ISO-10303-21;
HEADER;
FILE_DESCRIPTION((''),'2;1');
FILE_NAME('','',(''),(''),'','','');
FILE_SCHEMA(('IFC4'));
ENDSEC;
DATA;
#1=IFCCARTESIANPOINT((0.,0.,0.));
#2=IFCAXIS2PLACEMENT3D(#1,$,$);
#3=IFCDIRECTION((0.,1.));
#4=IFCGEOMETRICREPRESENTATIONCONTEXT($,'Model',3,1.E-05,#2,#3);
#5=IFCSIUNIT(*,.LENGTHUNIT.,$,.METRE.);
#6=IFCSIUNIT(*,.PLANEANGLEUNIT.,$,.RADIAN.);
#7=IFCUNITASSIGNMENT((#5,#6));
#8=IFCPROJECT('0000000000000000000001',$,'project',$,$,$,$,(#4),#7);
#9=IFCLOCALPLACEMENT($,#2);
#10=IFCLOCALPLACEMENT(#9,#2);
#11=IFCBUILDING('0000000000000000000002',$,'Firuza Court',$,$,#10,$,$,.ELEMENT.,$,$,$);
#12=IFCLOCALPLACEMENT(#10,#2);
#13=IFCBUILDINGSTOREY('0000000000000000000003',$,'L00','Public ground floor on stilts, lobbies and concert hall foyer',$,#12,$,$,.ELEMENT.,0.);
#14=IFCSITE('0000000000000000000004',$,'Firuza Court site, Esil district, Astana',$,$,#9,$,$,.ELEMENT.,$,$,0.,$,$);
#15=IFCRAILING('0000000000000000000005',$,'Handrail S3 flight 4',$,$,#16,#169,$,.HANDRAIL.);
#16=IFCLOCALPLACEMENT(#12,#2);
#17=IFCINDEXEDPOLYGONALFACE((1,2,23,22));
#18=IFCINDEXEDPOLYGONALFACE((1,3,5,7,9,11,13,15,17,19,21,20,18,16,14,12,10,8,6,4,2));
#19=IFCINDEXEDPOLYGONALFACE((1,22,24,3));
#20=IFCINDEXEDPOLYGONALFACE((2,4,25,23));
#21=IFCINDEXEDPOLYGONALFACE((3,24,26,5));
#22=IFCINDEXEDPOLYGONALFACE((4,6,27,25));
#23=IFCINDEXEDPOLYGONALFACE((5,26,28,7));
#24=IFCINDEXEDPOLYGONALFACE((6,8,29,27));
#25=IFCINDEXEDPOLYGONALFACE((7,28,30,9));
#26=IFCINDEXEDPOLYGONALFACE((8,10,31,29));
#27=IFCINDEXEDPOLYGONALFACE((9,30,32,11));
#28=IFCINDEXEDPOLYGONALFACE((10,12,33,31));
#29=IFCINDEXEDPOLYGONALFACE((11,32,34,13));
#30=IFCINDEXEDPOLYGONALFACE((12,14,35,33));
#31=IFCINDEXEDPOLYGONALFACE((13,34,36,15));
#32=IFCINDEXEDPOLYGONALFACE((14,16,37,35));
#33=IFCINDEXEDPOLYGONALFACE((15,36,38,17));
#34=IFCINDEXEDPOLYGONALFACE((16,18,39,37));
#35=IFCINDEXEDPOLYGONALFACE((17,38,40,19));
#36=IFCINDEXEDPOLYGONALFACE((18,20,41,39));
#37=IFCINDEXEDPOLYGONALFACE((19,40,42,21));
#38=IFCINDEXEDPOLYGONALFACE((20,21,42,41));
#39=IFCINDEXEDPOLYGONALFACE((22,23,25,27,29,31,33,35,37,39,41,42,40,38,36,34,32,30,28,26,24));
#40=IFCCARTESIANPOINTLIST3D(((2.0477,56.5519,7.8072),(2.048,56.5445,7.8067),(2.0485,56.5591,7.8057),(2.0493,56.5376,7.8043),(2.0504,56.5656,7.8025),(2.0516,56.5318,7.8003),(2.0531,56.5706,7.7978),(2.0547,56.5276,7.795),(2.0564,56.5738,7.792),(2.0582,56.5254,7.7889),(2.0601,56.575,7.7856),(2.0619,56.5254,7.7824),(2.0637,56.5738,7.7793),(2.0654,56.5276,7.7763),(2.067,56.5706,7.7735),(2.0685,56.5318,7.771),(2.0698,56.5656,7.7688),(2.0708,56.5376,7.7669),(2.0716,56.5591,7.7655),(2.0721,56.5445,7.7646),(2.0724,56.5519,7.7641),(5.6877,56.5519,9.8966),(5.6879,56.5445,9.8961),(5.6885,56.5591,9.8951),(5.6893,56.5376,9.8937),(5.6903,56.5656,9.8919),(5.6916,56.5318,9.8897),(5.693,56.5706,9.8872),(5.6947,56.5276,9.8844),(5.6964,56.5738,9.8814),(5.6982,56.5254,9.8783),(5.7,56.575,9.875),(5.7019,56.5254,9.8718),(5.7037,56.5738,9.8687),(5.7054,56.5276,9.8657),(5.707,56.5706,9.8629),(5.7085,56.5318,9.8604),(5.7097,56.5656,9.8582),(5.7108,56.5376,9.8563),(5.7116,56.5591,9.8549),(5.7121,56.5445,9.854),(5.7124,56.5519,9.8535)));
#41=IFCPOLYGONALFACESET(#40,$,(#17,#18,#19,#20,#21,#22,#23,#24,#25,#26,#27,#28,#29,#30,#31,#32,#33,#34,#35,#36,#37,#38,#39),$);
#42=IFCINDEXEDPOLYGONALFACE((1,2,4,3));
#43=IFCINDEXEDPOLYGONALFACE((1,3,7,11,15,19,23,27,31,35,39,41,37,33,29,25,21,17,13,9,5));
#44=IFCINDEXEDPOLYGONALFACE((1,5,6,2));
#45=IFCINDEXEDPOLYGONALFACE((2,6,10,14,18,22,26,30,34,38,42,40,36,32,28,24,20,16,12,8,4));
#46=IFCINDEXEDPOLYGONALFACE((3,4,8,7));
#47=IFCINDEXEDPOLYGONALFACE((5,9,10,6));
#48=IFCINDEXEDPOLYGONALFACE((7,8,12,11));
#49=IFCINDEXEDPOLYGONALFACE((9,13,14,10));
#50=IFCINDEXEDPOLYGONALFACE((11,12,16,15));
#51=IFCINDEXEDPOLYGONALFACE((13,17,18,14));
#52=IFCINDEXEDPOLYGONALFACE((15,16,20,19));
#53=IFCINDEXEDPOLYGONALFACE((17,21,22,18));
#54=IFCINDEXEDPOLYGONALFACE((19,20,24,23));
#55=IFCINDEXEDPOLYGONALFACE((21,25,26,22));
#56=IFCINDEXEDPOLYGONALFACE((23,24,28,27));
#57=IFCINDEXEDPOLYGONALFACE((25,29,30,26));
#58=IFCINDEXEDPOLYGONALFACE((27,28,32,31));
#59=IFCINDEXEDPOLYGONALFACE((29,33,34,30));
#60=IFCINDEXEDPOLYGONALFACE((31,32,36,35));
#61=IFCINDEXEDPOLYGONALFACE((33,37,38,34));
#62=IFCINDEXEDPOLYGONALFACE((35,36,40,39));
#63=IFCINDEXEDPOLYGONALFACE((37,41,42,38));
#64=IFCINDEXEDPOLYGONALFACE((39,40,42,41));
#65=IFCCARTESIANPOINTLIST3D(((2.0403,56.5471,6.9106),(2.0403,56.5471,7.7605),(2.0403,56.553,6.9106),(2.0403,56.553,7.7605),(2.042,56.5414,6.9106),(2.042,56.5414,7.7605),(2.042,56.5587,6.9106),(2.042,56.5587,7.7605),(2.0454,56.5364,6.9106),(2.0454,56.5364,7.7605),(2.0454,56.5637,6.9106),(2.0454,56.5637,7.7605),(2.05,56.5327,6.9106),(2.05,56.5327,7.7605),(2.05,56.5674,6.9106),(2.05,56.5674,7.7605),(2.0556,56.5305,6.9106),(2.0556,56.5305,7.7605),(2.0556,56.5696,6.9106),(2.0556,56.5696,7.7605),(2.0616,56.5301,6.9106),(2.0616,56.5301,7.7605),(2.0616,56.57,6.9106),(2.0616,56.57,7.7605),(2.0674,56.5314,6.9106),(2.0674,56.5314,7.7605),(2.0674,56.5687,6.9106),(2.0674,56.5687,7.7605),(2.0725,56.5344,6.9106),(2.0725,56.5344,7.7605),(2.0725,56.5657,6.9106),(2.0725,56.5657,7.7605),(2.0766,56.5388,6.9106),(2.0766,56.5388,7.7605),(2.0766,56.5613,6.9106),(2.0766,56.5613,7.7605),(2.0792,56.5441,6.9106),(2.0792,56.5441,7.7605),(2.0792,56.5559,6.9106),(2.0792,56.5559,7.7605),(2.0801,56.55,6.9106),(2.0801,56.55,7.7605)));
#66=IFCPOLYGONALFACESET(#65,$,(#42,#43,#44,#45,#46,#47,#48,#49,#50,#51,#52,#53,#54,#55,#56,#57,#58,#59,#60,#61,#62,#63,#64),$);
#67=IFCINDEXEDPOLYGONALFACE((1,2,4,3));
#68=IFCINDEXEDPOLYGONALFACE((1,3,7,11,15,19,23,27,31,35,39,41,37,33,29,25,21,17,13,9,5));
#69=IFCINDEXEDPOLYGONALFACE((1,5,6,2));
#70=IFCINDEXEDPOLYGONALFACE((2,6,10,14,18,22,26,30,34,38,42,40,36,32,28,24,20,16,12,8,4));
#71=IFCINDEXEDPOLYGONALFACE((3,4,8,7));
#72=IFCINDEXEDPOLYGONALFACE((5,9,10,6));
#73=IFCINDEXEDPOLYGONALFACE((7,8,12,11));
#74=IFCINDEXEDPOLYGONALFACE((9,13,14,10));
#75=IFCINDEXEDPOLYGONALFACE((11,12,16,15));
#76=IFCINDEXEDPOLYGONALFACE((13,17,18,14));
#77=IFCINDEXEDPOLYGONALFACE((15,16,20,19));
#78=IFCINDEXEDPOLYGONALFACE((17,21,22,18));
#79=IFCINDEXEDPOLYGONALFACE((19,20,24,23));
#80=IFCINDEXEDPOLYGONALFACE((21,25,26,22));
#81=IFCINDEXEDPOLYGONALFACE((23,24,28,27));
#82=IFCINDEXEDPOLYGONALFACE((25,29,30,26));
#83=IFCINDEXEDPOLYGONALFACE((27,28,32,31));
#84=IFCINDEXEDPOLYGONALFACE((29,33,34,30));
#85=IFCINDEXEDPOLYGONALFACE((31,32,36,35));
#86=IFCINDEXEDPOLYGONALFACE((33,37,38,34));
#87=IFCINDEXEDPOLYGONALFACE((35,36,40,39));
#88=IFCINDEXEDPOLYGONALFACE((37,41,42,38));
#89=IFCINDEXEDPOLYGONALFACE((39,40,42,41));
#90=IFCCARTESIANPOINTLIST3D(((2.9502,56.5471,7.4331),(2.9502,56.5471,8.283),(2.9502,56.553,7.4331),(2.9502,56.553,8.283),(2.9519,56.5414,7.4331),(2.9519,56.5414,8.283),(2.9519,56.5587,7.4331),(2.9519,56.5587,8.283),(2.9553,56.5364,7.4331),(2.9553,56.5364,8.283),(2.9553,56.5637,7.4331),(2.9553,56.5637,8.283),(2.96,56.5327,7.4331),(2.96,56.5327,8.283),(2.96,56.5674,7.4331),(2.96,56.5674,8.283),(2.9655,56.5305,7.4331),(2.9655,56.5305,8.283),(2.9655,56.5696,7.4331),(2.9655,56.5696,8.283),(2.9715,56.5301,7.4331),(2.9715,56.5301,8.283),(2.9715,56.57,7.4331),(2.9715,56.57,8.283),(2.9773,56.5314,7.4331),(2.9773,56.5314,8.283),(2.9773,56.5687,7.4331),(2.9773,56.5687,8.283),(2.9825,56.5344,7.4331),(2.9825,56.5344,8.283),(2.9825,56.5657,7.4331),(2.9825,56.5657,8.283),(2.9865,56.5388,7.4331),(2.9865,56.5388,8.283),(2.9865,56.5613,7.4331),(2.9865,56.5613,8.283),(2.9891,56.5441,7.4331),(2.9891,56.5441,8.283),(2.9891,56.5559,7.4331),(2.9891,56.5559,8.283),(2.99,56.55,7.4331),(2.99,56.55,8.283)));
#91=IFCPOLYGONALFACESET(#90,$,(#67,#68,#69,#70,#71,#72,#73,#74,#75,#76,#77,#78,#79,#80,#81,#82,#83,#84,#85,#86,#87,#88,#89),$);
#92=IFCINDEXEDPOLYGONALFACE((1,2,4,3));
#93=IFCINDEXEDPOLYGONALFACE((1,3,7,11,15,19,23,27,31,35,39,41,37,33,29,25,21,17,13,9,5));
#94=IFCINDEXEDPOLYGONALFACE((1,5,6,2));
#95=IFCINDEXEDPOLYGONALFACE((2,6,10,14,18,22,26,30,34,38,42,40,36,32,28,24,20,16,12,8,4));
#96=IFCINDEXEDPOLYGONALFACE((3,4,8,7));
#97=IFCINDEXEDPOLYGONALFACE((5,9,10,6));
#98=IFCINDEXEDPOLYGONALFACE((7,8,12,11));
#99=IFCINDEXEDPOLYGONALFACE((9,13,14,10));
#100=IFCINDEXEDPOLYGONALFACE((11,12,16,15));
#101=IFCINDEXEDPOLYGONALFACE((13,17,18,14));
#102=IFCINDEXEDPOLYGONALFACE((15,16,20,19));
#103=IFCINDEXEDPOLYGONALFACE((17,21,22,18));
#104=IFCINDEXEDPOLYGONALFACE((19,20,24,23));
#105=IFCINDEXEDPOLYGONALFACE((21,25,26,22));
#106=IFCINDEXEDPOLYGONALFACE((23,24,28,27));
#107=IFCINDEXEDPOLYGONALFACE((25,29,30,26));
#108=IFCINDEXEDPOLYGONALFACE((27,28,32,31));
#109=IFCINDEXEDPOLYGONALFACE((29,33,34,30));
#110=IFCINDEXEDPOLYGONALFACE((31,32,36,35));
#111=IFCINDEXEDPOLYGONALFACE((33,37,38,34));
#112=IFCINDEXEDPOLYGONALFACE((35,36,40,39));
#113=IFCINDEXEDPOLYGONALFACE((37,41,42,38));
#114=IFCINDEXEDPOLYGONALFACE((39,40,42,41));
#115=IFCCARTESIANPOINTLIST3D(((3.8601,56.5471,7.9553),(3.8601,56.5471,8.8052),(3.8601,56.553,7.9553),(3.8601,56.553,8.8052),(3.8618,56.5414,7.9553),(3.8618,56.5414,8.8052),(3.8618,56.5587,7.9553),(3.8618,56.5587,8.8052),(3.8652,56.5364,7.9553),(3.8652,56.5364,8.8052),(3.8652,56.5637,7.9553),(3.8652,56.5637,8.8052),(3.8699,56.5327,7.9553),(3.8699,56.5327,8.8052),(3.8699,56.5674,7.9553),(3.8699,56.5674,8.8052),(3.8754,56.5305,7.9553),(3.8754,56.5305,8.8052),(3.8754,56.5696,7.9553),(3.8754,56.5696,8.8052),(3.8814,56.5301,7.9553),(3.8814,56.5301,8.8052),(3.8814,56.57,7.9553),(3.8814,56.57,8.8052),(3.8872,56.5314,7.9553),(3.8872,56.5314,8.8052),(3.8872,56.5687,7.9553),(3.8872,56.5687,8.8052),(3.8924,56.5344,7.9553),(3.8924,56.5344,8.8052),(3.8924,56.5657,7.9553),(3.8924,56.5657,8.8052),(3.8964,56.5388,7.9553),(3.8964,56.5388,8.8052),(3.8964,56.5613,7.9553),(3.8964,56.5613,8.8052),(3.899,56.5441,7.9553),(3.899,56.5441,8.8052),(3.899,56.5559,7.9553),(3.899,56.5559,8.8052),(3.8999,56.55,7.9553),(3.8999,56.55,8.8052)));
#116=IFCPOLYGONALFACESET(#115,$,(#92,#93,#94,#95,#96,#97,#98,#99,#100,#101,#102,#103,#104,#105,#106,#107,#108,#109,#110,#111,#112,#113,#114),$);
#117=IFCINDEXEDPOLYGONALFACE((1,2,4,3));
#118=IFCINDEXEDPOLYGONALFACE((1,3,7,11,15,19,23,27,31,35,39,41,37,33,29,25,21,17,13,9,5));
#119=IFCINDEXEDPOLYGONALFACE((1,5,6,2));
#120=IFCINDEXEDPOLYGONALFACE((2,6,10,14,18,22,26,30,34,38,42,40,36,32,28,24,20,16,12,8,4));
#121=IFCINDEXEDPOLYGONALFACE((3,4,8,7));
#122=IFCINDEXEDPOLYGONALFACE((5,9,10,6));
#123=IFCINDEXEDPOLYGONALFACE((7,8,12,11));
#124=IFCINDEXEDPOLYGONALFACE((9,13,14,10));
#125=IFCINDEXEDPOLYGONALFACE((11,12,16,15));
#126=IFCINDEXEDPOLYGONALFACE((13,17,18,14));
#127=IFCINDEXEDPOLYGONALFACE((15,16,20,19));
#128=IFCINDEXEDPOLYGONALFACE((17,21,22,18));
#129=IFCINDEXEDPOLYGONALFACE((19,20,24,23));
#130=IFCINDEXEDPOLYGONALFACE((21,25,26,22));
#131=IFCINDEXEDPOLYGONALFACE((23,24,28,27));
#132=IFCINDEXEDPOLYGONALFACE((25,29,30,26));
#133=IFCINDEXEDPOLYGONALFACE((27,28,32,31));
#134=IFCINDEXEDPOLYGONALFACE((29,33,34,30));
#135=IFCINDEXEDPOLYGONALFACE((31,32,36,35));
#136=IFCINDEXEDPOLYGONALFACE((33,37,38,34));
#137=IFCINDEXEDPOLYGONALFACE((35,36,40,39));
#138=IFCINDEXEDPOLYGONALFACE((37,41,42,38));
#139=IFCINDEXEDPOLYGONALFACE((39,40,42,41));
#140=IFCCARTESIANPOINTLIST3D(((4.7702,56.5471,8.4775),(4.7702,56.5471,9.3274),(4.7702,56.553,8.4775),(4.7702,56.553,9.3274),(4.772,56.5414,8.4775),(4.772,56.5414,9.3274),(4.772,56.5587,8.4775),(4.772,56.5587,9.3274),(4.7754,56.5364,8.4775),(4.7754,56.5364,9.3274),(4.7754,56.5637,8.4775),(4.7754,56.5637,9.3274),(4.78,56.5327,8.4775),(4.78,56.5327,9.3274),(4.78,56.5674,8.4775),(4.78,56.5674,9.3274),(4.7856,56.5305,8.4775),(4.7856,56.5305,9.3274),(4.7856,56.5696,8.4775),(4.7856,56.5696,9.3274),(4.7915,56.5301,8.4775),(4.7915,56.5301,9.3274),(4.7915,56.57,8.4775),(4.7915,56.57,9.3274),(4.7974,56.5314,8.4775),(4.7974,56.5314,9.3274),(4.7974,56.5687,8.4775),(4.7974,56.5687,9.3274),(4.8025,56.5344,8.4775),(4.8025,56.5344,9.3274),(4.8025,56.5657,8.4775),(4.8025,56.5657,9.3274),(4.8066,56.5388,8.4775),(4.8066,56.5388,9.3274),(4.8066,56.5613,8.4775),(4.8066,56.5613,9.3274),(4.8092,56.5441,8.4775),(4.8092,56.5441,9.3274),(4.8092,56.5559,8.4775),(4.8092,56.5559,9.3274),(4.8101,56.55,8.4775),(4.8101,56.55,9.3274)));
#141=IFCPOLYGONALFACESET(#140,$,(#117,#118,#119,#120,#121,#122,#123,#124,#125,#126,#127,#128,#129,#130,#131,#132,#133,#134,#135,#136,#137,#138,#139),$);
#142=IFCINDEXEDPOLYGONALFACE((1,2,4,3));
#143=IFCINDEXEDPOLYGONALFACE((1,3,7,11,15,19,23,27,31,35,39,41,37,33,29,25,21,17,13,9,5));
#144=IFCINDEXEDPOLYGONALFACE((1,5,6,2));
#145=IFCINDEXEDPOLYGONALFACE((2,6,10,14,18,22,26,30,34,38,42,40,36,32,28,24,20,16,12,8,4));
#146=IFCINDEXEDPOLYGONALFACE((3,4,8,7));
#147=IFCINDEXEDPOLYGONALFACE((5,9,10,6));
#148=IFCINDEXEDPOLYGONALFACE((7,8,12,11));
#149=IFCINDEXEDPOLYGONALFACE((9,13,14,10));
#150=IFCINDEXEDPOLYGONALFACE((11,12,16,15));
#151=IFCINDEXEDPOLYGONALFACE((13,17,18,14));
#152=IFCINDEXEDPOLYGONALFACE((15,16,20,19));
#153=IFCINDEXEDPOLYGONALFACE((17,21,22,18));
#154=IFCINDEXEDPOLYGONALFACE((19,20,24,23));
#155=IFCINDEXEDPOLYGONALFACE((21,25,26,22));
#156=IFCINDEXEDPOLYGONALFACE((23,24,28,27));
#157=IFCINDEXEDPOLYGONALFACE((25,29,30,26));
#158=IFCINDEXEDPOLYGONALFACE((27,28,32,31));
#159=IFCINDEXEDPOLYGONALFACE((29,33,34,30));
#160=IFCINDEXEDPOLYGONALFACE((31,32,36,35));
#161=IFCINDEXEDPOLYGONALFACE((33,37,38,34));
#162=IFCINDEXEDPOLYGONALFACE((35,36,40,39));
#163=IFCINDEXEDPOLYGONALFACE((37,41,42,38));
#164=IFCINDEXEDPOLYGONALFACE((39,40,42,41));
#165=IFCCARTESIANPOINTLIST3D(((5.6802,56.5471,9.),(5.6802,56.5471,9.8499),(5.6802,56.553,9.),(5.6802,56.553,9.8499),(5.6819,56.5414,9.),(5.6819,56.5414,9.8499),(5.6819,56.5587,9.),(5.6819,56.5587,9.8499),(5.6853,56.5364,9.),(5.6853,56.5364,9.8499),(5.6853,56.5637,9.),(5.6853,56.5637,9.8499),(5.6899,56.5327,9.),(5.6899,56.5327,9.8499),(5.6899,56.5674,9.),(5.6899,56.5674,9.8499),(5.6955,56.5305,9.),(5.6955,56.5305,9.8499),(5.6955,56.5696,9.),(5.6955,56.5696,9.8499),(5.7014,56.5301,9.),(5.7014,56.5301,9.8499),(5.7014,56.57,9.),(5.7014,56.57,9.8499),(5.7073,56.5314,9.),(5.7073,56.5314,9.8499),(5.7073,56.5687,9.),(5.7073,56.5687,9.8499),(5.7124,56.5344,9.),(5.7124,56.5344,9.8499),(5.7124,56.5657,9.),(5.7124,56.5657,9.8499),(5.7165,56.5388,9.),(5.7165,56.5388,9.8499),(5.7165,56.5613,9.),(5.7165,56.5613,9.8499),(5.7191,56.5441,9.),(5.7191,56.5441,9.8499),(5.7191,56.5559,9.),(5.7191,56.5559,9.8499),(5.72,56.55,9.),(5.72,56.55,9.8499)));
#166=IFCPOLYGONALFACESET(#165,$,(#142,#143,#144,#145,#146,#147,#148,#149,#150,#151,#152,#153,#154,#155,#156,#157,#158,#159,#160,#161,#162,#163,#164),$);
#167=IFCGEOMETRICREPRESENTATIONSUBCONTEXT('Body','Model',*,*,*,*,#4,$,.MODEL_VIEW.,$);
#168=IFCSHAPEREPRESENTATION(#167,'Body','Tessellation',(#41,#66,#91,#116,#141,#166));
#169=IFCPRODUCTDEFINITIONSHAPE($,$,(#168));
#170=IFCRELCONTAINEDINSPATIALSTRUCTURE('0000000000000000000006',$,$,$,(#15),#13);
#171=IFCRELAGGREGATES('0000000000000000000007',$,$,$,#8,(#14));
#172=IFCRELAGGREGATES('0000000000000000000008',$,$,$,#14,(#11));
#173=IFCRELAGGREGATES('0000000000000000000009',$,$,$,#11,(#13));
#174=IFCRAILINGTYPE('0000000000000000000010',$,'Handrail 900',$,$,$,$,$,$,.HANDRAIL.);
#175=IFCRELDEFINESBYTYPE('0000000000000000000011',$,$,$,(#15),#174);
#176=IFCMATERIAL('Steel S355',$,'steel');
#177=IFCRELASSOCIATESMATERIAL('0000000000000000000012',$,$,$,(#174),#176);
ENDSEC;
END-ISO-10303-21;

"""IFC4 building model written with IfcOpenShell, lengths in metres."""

from ifc_helpers import new_model, si_unit, direction, frame, origin, origin_2d, place, context, subcontext, project, spatial, circle, extrude, material, type_object, element, save


model = new_model("IFC4")

# Units and contexts
model_context = context("Model", 3, precision=1e-05, world=origin(), true_north=direction((0.0, 1.0)))
body_context = subcontext(model_context, "Body", "Model", "MODEL_VIEW")
ifc_project = project(units=[si_unit("LENGTHUNIT", "METRE"), si_unit("PLANEANGLEUNIT", "RADIAN")], contexts=[model_context])

# Site, building, storey
site_placement = place(None, origin())
site = spatial("IfcSite", under=ifc_project, at=site_placement, Name="Firuza Court site, Esil district, Astana", CompositionType="ELEMENT", RefElevation=0.0)
building_placement = place(site_placement, origin())
building = spatial("IfcBuilding", under=site, at=building_placement, Name="Firuza Court", CompositionType="ELEMENT")
storey_placement = place(building_placement, origin())
storey = spatial("IfcBuildingStorey", under=building, at=storey_placement, Name="L00", Description="Public ground floor on stilts, lobbies and concert hall foyer", CompositionType="ELEMENT", Elevation=0.0)

# Railing
ifc_material_1 = material(Name="Steel S355", Category="steel")
railing_type_1 = type_object("IfcRailingType", Name="Handrail 900", PredefinedType="HANDRAIL", material=ifc_material_1)
railing_1_placement = place(storey_placement, frame((2.0601, 56.55, 6.9106)))
element("IfcRailing", 1, at=railing_1_placement, inside=storey, type_object=railing_type_1, Name="Handrail S3 flight 4", PredefinedType="HANDRAIL", context=body_context, shape_type="SweptSolid", body=[
    extrude(circle(Radius=0.0249, at=origin_2d()), frame((0.0, 0.0, 0.875), z_axis=(0.867275, 0.0, 0.497829), x_axis=(0.0, 1.0, 0.0)), (0.0, 0.0, 1.0), 4.197),
    extrude(circle(Radius=0.02, at=origin_2d()), origin(), (0.0, 0.0, 1.0), 0.8499),
    extrude(circle(Radius=0.02, at=origin_2d()), frame((0.9099, 0.0, 0.5225)), (0.0, 0.0, 1.0), 0.8499),
    extrude(circle(Radius=0.02, at=origin_2d()), frame((1.8198, 0.0, 1.0447)), (0.0, 0.0, 1.0), 0.8499),
    extrude(circle(Radius=0.02, at=origin_2d()), frame((2.73, 0.0, 1.5669)), (0.0, 0.0, 1.0), 0.8499),
    extrude(circle(Radius=0.02, at=origin_2d()), frame((3.6399, 0.0, 2.0894)), (0.0, 0.0, 1.0), 0.8499),
])

save(model, "model.ifc")
